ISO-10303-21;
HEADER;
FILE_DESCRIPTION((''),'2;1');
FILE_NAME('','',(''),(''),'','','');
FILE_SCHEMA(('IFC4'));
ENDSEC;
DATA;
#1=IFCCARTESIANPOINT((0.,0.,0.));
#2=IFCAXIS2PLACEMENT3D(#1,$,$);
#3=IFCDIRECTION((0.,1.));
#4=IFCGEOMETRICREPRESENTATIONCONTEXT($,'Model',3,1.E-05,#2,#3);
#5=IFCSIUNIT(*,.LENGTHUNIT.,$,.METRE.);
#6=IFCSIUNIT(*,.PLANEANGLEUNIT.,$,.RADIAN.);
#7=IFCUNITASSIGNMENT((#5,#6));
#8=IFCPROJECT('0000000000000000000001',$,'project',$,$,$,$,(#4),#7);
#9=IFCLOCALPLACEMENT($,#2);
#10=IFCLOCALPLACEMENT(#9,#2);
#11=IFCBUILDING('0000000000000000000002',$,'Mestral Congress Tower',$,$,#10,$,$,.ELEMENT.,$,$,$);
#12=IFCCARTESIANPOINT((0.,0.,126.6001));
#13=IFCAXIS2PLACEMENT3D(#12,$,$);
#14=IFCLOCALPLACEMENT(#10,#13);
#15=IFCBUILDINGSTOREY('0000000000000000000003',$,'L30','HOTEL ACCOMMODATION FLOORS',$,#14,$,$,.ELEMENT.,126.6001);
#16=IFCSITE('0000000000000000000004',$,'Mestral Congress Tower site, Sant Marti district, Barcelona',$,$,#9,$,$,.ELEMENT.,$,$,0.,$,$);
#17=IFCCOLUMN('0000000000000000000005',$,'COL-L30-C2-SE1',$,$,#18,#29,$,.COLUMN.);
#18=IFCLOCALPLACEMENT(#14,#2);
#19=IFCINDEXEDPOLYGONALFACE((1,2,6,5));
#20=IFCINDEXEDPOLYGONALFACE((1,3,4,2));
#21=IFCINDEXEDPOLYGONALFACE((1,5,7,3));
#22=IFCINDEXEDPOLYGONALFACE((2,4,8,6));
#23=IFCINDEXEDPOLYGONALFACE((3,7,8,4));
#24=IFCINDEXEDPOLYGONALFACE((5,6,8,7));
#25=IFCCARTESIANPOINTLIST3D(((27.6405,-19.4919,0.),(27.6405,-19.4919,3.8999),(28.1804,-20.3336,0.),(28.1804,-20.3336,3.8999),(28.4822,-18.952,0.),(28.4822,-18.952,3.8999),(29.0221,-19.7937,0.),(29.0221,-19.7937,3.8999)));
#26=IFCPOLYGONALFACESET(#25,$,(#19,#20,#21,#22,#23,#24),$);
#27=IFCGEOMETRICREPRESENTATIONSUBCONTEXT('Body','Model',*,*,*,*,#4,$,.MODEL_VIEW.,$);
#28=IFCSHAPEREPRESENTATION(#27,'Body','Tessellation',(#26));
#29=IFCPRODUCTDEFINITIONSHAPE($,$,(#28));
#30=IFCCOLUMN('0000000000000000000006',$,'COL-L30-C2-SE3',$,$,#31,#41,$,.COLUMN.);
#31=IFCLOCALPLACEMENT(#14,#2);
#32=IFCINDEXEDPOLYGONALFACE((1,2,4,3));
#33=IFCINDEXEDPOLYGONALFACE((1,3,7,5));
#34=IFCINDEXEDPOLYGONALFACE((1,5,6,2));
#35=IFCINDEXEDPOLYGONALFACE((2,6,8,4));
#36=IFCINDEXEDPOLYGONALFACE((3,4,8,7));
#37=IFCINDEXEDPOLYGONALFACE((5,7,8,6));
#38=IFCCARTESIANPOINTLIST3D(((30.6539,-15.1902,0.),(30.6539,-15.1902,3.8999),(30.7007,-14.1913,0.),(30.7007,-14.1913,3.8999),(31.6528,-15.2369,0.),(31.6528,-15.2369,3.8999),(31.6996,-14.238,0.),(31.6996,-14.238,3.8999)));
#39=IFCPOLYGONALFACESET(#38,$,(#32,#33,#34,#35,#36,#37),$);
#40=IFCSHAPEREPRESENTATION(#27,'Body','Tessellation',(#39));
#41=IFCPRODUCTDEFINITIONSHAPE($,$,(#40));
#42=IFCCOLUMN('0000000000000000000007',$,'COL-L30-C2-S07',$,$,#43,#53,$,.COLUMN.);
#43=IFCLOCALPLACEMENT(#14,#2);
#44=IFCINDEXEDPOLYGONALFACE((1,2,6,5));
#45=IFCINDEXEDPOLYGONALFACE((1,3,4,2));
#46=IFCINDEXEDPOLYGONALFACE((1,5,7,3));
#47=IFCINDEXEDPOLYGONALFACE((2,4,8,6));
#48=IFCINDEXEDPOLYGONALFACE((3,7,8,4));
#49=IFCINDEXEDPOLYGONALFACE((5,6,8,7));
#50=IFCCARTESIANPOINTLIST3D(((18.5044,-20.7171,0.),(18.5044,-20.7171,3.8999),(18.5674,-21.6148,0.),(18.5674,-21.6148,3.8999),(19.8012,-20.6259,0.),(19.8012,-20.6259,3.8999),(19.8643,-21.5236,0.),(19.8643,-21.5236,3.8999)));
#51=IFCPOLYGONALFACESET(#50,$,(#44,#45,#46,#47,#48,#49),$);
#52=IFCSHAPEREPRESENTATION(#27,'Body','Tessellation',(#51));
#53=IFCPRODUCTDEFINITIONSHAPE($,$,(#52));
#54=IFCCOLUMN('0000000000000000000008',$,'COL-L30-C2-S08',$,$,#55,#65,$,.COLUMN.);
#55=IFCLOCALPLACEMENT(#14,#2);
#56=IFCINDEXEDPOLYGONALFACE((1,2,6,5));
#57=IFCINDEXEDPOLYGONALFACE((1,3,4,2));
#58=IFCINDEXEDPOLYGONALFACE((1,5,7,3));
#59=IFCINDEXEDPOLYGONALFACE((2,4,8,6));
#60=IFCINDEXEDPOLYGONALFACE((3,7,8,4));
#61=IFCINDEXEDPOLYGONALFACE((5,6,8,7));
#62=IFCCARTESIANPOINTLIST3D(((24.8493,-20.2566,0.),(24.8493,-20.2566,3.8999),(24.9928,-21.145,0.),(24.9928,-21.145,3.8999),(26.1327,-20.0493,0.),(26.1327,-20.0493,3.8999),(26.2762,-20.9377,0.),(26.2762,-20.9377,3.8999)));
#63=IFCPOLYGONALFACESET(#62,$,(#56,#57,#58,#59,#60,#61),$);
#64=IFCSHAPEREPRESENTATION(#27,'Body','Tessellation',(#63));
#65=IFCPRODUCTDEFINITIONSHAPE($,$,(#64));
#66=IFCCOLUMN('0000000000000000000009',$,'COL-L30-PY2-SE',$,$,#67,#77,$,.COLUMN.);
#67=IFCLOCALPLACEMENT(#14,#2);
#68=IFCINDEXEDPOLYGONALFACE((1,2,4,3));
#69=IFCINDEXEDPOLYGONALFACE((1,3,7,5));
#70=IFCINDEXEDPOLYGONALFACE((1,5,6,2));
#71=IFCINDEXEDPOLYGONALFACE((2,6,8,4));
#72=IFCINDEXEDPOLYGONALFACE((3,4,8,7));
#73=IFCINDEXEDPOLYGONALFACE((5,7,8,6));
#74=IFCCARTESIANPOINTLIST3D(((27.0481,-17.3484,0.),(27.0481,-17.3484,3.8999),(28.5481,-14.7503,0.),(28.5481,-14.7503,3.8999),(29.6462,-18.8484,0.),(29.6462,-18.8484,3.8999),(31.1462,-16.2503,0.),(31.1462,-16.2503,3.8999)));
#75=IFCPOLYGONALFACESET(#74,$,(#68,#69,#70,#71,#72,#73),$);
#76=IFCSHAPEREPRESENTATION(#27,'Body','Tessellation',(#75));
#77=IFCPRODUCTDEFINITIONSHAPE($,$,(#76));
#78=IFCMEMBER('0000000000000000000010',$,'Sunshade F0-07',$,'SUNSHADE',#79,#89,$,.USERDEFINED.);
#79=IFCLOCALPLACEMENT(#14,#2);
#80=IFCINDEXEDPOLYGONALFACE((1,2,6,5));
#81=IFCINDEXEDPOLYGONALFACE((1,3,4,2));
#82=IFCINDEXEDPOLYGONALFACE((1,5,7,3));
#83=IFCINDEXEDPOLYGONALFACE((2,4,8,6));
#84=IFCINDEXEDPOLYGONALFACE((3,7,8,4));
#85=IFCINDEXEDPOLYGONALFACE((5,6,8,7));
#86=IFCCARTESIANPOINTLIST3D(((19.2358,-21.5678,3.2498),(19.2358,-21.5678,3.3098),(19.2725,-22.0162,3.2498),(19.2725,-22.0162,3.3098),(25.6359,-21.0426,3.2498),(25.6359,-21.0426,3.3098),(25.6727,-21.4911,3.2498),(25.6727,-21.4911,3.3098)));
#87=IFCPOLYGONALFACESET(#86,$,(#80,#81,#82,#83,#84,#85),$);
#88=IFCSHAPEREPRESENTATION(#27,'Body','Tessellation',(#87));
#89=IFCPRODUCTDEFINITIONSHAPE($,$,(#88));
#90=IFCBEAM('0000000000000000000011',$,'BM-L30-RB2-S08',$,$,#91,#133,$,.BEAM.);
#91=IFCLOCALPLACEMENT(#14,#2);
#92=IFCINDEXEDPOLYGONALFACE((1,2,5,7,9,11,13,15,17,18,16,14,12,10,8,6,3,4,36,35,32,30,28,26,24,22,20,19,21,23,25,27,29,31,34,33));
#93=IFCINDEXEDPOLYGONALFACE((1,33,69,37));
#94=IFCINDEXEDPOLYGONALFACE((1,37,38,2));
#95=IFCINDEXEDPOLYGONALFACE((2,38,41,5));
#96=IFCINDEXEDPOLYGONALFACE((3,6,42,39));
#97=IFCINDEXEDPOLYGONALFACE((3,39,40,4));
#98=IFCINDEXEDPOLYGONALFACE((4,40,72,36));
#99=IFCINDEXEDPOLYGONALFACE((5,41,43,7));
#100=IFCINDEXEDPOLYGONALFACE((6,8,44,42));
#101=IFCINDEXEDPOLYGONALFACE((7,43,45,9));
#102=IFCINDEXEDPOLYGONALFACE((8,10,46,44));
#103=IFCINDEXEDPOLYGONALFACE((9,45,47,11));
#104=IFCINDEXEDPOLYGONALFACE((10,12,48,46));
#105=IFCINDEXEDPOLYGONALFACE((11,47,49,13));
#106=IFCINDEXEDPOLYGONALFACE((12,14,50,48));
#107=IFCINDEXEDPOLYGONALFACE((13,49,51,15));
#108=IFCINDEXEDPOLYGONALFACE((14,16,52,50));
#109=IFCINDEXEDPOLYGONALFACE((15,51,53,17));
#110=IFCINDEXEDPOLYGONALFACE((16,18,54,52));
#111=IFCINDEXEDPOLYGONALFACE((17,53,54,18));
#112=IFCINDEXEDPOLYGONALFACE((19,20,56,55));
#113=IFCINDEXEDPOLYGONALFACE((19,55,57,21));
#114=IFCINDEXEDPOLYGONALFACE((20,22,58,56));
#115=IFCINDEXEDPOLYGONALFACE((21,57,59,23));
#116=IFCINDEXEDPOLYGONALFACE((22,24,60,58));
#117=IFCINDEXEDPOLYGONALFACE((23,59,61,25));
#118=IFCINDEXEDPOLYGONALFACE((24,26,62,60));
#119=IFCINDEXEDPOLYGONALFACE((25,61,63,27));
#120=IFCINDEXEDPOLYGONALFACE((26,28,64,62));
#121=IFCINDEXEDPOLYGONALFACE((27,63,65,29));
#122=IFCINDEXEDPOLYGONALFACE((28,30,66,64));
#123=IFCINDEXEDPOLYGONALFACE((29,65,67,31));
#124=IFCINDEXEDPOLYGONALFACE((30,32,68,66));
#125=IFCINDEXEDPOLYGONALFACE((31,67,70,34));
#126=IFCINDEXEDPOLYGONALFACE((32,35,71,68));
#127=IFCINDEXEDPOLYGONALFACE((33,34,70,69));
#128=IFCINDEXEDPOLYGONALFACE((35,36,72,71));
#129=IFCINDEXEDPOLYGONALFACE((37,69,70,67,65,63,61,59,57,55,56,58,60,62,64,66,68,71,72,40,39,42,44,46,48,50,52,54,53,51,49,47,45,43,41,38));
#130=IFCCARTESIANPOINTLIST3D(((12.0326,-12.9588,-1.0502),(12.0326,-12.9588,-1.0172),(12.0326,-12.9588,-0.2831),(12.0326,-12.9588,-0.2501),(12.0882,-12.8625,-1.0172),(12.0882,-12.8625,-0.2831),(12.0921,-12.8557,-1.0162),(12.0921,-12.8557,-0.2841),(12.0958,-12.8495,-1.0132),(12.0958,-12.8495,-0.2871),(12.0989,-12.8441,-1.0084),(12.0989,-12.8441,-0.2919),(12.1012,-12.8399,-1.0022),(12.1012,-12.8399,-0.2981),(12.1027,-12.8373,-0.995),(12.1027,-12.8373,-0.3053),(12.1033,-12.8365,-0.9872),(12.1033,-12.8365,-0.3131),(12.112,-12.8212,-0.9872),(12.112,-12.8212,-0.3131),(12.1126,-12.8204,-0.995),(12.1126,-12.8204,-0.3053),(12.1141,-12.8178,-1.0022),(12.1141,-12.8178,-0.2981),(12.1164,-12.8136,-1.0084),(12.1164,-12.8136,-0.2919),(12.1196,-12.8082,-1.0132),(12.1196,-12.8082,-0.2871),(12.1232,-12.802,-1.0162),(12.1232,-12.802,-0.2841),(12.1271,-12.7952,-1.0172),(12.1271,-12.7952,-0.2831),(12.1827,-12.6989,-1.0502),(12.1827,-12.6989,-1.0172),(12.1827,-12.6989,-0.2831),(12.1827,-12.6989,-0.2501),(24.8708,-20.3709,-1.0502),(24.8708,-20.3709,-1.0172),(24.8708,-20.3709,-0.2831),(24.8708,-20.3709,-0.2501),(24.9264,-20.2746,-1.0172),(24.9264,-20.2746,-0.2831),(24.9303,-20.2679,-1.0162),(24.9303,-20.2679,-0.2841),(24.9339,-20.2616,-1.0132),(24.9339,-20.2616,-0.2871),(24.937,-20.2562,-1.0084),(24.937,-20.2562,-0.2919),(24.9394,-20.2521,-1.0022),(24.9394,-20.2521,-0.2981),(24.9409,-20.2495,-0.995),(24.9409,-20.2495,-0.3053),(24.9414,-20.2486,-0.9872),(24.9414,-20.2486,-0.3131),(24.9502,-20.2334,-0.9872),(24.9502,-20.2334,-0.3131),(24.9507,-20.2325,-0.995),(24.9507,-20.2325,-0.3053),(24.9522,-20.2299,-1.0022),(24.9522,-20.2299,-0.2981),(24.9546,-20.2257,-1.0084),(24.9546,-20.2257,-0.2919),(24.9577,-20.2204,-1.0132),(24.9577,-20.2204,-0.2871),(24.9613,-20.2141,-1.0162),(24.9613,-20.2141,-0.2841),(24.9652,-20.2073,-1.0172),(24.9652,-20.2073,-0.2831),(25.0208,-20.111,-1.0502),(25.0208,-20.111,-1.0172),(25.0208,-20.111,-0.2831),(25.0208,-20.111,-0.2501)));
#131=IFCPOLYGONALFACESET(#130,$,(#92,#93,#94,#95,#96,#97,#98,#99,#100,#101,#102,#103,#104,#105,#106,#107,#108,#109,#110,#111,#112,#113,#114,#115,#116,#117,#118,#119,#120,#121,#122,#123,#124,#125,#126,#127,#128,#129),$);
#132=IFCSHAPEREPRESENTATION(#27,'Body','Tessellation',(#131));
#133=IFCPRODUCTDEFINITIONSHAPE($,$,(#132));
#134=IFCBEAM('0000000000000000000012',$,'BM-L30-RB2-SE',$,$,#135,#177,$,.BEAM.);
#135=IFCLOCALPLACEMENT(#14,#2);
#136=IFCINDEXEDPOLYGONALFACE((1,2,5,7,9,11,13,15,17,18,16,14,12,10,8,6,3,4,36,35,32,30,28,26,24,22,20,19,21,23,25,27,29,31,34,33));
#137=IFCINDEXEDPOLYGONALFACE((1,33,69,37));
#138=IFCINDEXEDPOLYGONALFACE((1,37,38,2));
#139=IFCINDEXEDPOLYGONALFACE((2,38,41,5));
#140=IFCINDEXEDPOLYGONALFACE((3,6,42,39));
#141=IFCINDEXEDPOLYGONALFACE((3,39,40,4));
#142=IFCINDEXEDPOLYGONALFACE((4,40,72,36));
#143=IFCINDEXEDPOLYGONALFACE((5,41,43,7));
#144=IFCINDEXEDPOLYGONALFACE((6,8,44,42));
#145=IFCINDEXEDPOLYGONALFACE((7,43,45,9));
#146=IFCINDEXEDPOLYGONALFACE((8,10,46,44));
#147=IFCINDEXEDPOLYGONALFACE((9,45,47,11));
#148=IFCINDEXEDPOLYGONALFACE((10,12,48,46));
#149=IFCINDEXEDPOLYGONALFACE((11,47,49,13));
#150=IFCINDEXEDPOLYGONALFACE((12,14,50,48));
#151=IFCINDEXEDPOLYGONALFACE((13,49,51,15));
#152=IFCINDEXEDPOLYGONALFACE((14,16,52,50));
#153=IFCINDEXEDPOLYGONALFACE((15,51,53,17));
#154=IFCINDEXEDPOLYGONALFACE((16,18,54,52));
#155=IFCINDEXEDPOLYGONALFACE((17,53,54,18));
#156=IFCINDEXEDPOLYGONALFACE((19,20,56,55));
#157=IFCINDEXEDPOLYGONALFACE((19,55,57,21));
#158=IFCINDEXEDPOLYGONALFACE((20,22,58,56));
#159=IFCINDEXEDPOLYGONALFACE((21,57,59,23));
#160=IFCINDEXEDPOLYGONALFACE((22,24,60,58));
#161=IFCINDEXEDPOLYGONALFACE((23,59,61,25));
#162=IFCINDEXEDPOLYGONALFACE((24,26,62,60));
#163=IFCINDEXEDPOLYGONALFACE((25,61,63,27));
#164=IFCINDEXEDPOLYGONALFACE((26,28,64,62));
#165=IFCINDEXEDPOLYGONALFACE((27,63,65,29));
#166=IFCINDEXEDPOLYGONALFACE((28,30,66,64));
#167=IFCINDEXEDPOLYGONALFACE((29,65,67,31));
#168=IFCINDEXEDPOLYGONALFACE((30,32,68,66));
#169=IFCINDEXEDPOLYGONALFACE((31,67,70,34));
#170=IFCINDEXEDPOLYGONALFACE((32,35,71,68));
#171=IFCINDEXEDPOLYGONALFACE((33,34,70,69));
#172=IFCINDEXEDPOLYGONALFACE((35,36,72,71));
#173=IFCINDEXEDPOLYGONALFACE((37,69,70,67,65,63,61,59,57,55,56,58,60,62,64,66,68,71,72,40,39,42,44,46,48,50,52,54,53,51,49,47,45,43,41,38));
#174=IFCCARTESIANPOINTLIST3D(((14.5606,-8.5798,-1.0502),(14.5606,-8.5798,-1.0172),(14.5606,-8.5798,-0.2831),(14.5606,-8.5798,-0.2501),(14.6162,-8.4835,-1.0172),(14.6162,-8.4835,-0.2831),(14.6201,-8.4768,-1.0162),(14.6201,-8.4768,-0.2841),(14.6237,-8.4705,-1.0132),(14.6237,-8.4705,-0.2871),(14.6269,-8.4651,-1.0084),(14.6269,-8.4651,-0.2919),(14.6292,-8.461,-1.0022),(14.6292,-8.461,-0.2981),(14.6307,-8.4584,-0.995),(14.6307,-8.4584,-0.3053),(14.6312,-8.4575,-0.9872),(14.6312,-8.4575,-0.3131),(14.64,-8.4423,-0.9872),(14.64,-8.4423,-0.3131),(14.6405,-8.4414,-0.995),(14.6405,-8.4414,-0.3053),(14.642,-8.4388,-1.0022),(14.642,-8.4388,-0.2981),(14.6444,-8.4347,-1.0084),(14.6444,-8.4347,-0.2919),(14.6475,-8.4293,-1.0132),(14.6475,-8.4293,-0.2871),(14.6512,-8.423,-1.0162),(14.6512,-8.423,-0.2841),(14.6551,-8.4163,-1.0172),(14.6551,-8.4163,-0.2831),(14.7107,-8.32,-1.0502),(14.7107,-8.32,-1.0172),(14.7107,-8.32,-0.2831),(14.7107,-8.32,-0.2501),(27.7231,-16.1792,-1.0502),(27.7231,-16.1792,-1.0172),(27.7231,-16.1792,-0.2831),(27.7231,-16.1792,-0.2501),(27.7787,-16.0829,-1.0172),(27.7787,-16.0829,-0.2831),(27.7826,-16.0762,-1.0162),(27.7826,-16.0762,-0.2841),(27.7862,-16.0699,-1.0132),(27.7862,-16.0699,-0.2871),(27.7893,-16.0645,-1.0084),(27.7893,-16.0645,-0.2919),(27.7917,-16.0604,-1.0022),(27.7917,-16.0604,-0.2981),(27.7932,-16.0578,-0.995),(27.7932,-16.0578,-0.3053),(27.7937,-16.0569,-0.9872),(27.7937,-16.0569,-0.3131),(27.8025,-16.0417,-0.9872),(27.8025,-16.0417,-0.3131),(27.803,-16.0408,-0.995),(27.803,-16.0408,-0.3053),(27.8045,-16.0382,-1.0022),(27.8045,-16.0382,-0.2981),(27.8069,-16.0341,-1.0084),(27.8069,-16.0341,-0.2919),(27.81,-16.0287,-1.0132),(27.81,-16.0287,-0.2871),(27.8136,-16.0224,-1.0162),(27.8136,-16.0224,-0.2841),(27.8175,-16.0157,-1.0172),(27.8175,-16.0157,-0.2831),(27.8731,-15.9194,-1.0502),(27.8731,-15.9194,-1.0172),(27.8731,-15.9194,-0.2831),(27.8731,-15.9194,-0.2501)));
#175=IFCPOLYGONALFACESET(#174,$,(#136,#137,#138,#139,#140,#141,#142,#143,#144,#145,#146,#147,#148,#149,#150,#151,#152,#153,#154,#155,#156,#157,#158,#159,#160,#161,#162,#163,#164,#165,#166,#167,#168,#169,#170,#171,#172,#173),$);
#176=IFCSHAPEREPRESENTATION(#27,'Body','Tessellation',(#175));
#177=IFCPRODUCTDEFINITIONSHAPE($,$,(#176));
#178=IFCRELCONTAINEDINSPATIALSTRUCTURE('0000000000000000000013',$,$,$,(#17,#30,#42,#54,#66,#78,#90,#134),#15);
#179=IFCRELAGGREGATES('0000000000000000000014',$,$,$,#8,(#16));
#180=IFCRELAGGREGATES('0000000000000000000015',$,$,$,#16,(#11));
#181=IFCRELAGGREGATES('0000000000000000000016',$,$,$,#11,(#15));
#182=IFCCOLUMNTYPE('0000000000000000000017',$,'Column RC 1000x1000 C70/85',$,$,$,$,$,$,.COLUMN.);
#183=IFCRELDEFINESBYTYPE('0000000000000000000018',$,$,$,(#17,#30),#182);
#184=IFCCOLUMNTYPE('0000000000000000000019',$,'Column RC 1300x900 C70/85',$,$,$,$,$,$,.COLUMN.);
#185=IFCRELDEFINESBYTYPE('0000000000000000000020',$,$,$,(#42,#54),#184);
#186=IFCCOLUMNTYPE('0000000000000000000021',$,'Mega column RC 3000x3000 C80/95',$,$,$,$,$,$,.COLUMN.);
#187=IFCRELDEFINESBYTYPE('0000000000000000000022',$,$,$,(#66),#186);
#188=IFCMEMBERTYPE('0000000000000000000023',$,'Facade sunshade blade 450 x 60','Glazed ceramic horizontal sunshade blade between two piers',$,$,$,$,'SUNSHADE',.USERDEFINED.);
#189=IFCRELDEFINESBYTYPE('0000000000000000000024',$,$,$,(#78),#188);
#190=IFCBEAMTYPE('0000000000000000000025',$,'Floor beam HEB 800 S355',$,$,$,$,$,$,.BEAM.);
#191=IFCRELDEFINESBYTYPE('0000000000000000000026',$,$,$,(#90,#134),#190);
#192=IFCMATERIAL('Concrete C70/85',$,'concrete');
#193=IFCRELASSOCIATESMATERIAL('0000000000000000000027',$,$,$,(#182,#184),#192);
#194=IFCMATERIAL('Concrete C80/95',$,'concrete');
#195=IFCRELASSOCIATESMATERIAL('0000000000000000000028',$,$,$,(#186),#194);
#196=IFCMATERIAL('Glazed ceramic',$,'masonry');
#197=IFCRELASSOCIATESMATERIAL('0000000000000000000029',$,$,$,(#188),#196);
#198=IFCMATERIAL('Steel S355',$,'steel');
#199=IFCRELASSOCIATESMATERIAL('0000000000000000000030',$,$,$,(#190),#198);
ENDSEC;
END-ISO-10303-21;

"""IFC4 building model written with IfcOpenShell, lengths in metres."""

from ifc_helpers import new_model, si_unit, direction, frame, origin, origin_2d, place, context, subcontext, project, spatial, rectangle, i_section, extrude, material, material_profile, profile_set, type_object, element, save


model = new_model("IFC4")

# Units and contexts
model_context = context("Model", 3, precision=1e-05, world=origin(), true_north=direction((0.0, 1.0)))
body_context = subcontext(model_context, "Body", "Model", "MODEL_VIEW")
ifc_project = project(units=[si_unit("LENGTHUNIT", "METRE"), si_unit("PLANEANGLEUNIT", "RADIAN")], contexts=[model_context])

# Site, building, storey
site_placement = place(None, origin())
site = spatial("IfcSite", under=ifc_project, at=site_placement, Name="Mestral Congress Tower site, Sant Marti district, Barcelona", CompositionType="ELEMENT", RefElevation=0.0)
building_placement = place(site_placement, origin())
building = spatial("IfcBuilding", under=site, at=building_placement, Name="Mestral Congress Tower", CompositionType="ELEMENT")
storey_placement = place(building_placement, frame((0.0, 0.0, 126.6001)))
storey = spatial("IfcBuildingStorey", under=building, at=storey_placement, Name="L30", Description="HOTEL ACCOMMODATION FLOORS", CompositionType="ELEMENT", Elevation=126.6001)

# Columns
ifc_material_1 = material(Name="Concrete C70/85", Category="concrete")
ifc_material_profile_1 = material_profile(ifc_material_1, rectangle(XDim=1.0, YDim=1.0, at=origin_2d()), Name="RC 1000x1000")
ifc_profile_set_1 = profile_set([ifc_material_profile_1], Name="Concrete C70/85")
column_type_1 = type_object("IfcColumnType", Name="Column RC 1000x1000 C70/85", PredefinedType="COLUMN", material=ifc_profile_set_1)
for number, where, z_axis, x_axis, name in (
    (1, (28.3313, -19.6428, 0.0), (0.0, 0.0, 1.0), (0.8417, 0.539945, 0.0), "COL-L30-C2-SE1"),
    (2, (31.1768, -14.7141, 0.0), (0.0, 0.0, 1.0), (0.046756, 0.998906, 0.0), "COL-L30-C2-SE3"),
):
    element("IfcColumn", number, at=place(storey_placement, frame(where, z_axis=z_axis, x_axis=x_axis)), inside=storey, type_object=column_type_1, Name=name, PredefinedType="COLUMN", context=body_context, shape_type="SweptSolid", body=[
        extrude(rectangle(XDim=1.0, YDim=1.0, at=origin_2d()), origin(), (0.0, 0.0, 1.0), 3.8999),
    ])
ifc_material_profile_2 = material_profile(ifc_material_1, rectangle(XDim=1.3, YDim=0.8999, at=origin_2d()), Name="RC 1300x900")
ifc_profile_set_2 = profile_set([ifc_material_profile_2], Name="Concrete C70/85")
column_type_2 = type_object("IfcColumnType", Name="Column RC 1300x900 C70/85", PredefinedType="COLUMN", material=ifc_profile_set_2)
for number, where, z_axis, x_axis, name in (
    (3, (19.1843, -21.1204, 0.0), (0.0, 0.0, 1.0), (0.99754, 0.070101, 0.0), "COL-L30-C2-S07"),
    (4, (25.5627, -20.5972, 0.0), (0.0, 0.0, 1.0), (0.987202, 0.159473, 0.0), "COL-L30-C2-S08"),
):
    element("IfcColumn", number, at=place(storey_placement, frame(where, z_axis=z_axis, x_axis=x_axis)), inside=storey, type_object=column_type_2, Name=name, PredefinedType="COLUMN", context=body_context, shape_type="SweptSolid", body=[
        extrude(rectangle(XDim=1.3, YDim=0.8999, at=origin_2d()), origin(), (0.0, 0.0, 1.0), 3.8999),
    ])
ifc_material_2 = material(Name="Concrete C80/95", Category="concrete")
ifc_material_profile_3 = material_profile(ifc_material_2, rectangle(XDim=3.0, YDim=3.0, at=origin_2d()), Name="RC 3000x3000")
ifc_profile_set_3 = profile_set([ifc_material_profile_3], Name="Concrete C80/95")
column_type_3 = type_object("IfcColumnType", Name="Mega column RC 3000x3000 C80/95", PredefinedType="COLUMN", material=ifc_profile_set_3)
column_placement = place(storey_placement, frame((29.0972, -16.7993, 0.0), z_axis=(0.0, 0.0, 1.0), x_axis=(0.866025, -0.5, 0.0)))
element("IfcColumn", 5, at=column_placement, inside=storey, type_object=column_type_3, Name="COL-L30-PY2-SE", PredefinedType="COLUMN", context=body_context, shape_type="SweptSolid", body=[
    extrude(rectangle(XDim=3.0, YDim=3.0, at=origin_2d()), origin(), (0.0, 0.0, 1.0), 3.8999),
])

# Member
ifc_material_3 = material(Name="Glazed ceramic", Category="masonry")
ifc_material_profile_4 = material_profile(ifc_material_3, rectangle(XDim=0.45, YDim=0.0601, at=origin_2d()), Name="Ceramic blade 450 x 60")
ifc_profile_set_4 = profile_set([ifc_material_profile_4], Name="Glazed ceramic")
member_type = type_object("IfcMemberType", Name="Facade sunshade blade 450 x 60", Description="Glazed ceramic horizontal sunshade blade between two piers", ElementType="SUNSHADE", PredefinedType="USERDEFINED", material=ifc_profile_set_4)
member_placement = place(storey_placement, frame((19.2542, -21.792, 3.2798), z_axis=(0.996651, 0.081777, 0.0), x_axis=(-0.081777, 0.996651, 0.0)))
element("IfcMember", 6, at=member_placement, inside=storey, type_object=member_type, Name="Sunshade F0-07", ObjectType="SUNSHADE", PredefinedType="USERDEFINED", context=body_context, shape_type="SweptSolid", body=[
    extrude(rectangle(XDim=0.45, YDim=0.0601, at=origin_2d()), origin(), (0.0, 0.0, 1.0), 6.4216),
])

# Beams
ifc_material_4 = material(Name="Steel S355", Category="steel")
ifc_material_profile_5 = material_profile(ifc_material_4, i_section(OverallWidth=0.3, OverallDepth=0.8, WebThickness=0.0176, FlangeThickness=0.033, FilletRadius=0.03, at=origin_2d()), Name="HEB 800")
ifc_profile_set_5 = profile_set([ifc_material_profile_5], Name="Steel S355")
beam_type_1 = type_object("IfcBeamType", Name="Floor beam HEB 800 S355", PredefinedType="BEAM", material=ifc_profile_set_5)
beam_1_placement = place(storey_placement, frame((24.9458, -20.241, -0.6501), z_axis=(-0.866025, 0.5, 0.0), x_axis=(-0.5, -0.866025, 0.0)))
element("IfcBeam", 7, at=beam_1_placement, inside=storey, type_object=beam_type_1, Name="BM-L30-RB2-S08", PredefinedType="BEAM", context=body_context, shape_type="SweptSolid", body=[
    extrude(i_section(OverallWidth=0.3, OverallDepth=0.8, WebThickness=0.0176, FlangeThickness=0.033, FilletRadius=0.03, at=origin_2d()), origin(), (0.0, 0.0, 1.0), 14.8242),
])
beam_2_placement = place(storey_placement, frame((27.7981, -16.0493, -0.6501), z_axis=(-0.866023, 0.500004, 0.0), x_axis=(-0.500004, -0.866023, 0.0)))
element("IfcBeam", 8, at=beam_2_placement, inside=storey, type_object=beam_type_1, Name="BM-L30-RB2-SE", PredefinedType="BEAM", context=body_context, shape_type="SweptSolid", body=[
    extrude(i_section(OverallWidth=0.3, OverallDepth=0.8, WebThickness=0.0176, FlangeThickness=0.033, FilletRadius=0.03, at=origin_2d()), origin(), (0.0, 0.0, 1.0), 15.1987),
])

save(model, "model.ifc")
